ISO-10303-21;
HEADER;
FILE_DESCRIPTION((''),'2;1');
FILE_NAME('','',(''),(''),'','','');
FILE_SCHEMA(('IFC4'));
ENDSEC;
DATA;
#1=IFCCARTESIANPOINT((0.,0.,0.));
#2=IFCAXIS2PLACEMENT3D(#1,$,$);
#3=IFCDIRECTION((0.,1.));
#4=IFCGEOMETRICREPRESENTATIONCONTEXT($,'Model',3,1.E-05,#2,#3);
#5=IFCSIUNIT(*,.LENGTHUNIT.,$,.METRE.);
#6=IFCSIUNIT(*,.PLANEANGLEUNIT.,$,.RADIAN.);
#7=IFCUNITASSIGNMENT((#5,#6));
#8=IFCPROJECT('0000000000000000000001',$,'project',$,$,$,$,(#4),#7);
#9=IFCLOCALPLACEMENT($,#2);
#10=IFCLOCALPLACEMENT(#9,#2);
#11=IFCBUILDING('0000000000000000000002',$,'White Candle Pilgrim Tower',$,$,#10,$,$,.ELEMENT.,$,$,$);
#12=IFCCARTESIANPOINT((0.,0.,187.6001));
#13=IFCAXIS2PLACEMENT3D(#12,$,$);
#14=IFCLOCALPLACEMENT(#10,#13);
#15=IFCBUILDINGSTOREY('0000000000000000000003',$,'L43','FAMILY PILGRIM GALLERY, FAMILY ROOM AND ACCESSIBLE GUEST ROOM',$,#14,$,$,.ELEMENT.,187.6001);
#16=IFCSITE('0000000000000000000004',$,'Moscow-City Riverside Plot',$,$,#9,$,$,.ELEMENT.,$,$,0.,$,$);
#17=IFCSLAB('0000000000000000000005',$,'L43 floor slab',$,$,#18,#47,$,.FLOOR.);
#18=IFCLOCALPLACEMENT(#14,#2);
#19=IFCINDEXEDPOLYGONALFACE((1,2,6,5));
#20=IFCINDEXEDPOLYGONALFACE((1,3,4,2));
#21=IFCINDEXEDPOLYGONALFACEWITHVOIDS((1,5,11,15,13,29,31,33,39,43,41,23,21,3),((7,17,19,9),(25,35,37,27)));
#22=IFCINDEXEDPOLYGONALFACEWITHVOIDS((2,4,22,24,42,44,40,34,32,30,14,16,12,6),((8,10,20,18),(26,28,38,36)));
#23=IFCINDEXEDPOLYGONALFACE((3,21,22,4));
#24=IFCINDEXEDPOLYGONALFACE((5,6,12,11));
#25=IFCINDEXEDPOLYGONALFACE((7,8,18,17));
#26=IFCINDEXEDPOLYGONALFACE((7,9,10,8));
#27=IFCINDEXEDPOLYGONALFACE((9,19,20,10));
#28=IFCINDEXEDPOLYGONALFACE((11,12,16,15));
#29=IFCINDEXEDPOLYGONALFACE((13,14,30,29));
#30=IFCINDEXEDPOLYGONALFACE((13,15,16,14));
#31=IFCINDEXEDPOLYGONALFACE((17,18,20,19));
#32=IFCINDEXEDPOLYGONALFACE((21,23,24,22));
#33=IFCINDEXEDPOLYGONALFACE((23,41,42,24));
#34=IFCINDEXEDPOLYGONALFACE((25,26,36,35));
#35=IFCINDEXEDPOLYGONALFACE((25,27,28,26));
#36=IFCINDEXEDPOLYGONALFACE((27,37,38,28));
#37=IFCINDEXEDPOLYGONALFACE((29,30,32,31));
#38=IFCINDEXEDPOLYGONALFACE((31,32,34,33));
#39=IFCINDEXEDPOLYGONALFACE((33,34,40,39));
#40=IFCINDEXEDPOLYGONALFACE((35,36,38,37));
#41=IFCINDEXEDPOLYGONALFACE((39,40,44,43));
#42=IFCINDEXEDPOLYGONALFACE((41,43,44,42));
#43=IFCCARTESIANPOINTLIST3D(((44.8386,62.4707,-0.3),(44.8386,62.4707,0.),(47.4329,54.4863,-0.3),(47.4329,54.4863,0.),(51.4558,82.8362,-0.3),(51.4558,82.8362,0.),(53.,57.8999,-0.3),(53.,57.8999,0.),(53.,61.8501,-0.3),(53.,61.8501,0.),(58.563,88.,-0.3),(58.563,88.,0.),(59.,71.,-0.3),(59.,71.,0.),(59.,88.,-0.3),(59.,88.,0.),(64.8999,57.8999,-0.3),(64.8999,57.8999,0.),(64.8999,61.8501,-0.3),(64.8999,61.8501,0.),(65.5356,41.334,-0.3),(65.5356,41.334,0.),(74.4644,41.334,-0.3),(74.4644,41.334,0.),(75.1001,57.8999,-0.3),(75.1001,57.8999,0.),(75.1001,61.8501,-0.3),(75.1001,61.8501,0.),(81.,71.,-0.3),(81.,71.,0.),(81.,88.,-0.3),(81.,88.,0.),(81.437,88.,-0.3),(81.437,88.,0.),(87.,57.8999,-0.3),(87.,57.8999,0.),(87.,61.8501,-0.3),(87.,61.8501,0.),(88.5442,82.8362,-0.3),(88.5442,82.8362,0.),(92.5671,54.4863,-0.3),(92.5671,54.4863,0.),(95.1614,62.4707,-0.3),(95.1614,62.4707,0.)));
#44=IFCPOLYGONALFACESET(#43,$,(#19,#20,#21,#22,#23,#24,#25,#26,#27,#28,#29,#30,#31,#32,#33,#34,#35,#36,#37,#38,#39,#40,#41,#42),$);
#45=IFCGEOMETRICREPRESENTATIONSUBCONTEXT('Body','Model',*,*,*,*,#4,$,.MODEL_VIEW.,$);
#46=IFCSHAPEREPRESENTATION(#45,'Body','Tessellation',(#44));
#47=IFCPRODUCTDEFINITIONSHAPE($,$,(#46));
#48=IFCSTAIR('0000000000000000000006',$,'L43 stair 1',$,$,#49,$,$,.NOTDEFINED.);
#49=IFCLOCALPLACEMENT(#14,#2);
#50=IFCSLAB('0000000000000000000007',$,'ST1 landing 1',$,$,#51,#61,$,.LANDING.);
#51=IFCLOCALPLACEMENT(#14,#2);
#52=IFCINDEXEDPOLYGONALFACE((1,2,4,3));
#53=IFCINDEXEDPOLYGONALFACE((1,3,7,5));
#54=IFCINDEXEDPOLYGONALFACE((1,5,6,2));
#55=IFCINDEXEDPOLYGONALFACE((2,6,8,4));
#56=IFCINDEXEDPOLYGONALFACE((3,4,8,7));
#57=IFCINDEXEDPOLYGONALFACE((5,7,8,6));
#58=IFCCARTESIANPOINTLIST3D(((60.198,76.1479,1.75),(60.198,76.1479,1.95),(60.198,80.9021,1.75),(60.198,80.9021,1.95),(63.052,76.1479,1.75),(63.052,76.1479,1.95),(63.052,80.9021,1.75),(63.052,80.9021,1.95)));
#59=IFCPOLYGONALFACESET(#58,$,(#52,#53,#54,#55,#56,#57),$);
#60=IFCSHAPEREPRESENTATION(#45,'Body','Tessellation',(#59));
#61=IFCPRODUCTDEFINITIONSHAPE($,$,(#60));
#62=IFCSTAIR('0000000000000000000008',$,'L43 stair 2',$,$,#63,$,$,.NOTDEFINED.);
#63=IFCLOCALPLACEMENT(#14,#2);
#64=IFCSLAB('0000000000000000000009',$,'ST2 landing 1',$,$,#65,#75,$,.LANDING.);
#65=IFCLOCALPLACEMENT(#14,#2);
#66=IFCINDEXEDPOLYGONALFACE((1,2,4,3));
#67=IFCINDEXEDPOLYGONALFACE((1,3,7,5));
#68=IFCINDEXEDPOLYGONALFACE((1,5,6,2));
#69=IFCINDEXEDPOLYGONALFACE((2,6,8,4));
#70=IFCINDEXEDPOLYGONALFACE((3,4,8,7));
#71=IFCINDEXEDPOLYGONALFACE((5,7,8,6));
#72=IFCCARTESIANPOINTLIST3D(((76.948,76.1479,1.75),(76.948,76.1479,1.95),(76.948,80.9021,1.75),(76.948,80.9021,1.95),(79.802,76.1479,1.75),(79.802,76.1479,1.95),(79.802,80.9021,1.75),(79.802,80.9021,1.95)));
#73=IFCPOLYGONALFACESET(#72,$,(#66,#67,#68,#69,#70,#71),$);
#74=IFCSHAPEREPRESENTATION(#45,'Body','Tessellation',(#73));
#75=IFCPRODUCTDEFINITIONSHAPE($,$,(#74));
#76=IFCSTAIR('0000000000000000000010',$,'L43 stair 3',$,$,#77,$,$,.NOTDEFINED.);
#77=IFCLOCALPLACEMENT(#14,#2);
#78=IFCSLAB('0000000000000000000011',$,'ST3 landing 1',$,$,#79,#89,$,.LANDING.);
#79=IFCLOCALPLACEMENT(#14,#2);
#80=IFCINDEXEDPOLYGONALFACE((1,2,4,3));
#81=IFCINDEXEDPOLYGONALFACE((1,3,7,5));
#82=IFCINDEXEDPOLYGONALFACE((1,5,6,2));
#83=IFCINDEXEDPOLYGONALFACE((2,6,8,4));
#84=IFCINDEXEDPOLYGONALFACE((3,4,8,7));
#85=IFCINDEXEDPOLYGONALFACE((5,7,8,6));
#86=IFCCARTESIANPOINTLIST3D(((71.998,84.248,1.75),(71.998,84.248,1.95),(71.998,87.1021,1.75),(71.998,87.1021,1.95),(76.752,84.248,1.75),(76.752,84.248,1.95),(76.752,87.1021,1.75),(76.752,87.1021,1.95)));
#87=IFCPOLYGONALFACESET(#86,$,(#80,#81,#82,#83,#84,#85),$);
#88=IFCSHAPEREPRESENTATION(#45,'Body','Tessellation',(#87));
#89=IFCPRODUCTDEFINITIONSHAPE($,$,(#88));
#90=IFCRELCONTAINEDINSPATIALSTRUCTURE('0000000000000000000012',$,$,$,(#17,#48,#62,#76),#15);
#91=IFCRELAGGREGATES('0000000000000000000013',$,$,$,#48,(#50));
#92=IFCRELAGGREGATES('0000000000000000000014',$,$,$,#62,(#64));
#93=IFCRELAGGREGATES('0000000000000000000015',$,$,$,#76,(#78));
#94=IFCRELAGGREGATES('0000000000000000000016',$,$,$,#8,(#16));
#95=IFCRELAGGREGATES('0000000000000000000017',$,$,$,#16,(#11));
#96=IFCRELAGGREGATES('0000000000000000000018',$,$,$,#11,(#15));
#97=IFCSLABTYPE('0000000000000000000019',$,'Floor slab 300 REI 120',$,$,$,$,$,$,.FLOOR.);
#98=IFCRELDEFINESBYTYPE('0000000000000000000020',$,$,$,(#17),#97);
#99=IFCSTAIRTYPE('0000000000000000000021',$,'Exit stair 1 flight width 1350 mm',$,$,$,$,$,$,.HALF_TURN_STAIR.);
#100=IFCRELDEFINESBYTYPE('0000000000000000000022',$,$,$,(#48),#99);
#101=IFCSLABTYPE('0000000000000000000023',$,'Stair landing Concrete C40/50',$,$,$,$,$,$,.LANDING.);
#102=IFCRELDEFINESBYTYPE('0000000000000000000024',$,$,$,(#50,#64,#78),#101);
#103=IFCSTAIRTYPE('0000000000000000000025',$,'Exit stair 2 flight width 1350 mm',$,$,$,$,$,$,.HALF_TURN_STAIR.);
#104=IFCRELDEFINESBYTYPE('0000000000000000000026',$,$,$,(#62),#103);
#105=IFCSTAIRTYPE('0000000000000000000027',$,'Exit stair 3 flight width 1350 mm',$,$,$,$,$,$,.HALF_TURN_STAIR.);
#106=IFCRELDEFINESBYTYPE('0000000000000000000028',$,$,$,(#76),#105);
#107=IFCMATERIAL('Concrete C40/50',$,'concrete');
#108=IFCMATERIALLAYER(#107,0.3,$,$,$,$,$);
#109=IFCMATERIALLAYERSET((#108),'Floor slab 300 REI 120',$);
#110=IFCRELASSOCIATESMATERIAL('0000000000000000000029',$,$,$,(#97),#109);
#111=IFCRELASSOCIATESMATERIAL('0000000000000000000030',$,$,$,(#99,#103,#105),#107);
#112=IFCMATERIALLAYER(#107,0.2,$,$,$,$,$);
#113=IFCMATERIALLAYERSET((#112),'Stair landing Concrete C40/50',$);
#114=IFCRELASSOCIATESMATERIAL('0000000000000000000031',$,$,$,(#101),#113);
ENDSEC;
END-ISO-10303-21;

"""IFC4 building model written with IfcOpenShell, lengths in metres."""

from ifc_helpers import new_model, si_unit, direction, frame, origin, place, context, subcontext, project, spatial, polyline, outline, extrude, material, layer, layer_set, type_object, element, aggregate, save


model = new_model("IFC4")

# Units and contexts
model_context = context("Model", 3, precision=1e-05, world=origin(), true_north=direction((0.0, 1.0)))
body_context = subcontext(model_context, "Body", "Model", "MODEL_VIEW")
ifc_project = project(units=[si_unit("LENGTHUNIT", "METRE"), si_unit("PLANEANGLEUNIT", "RADIAN")], contexts=[model_context])

# Site, building, storey
site_placement = place(None, origin())
site = spatial("IfcSite", under=ifc_project, at=site_placement, Name="Moscow-City Riverside Plot", CompositionType="ELEMENT", RefElevation=0.0)
building_placement = place(site_placement, origin())
building = spatial("IfcBuilding", under=site, at=building_placement, Name="White Candle Pilgrim Tower", CompositionType="ELEMENT")
storey_placement = place(building_placement, frame((0.0, 0.0, 187.6001)))
storey = spatial("IfcBuildingStorey", under=building, at=storey_placement, Name="L43", Description="FAMILY PILGRIM GALLERY, FAMILY ROOM AND ACCESSIBLE GUEST ROOM", CompositionType="ELEMENT", Elevation=187.6001)

# Slab
ifc_material = material(Name="Concrete C40/50", Category="concrete")
ifc_layer_1 = layer(ifc_material, 0.3)
ifc_layer_set_1 = layer_set([ifc_layer_1], Name="Floor slab 300 REI 120")
slab_type_1 = type_object("IfcSlabType", Name="Floor slab 300 REI 120", PredefinedType="FLOOR", material=ifc_layer_set_1)
slab_1_placement = place(storey_placement, frame((0.0, 0.0, -0.3)))
element("IfcSlab", 1, at=slab_1_placement, inside=storey, type_object=slab_type_1, Name="L43 floor slab", PredefinedType="FLOOR", context=body_context, shape_type="SweptSolid", body=[
    extrude(outline(polyline([(65.5356, 41.334), (74.4644, 41.334), (92.5671, 54.4863), (95.1614, 62.4707), (88.5442, 82.8362), (81.437, 88.0), (81.0, 88.0), (81.0, 71.0), (59.0, 71.0), (59.0, 88.0), (58.563, 88.0), (51.4558, 82.8362), (44.8386, 62.4707), (47.4329, 54.4863), (65.5356, 41.334)]), holes=[polyline([(53.0, 57.8999), (53.0, 61.8501), (64.8999, 61.8501), (64.8999, 57.8999), (53.0, 57.8999)]), polyline([(75.1001, 57.8999), (75.1001, 61.8501), (87.0, 61.8501), (87.0, 57.8999), (75.1001, 57.8999)])]), origin(), (0.0, 0.0, 1.0), 0.3),
])

# Stairs, slabs
stair_type_1 = type_object("IfcStairType", Name="Exit stair 1 flight width 1350 mm", PredefinedType="HALF_TURN_STAIR", material=ifc_material)
stair_1_placement = place(storey_placement, origin())
stair_1 = element("IfcStair", 2, at=stair_1_placement, inside=storey, type_object=stair_type_1, Name="L43 stair 1", PredefinedType="NOTDEFINED")
ifc_layer_2 = layer(ifc_material, 0.2)
ifc_layer_set_2 = layer_set([ifc_layer_2], Name="Stair landing Concrete C40/50")
slab_type_2 = type_object("IfcSlabType", Name="Stair landing Concrete C40/50", PredefinedType="LANDING", material=ifc_layer_set_2)
slab_2_placement = place(storey_placement, frame((0.0, 0.0, 1.75)))
slab_2 = element("IfcSlab", 3, at=slab_2_placement, type_object=slab_type_2, Name="ST1 landing 1", PredefinedType="LANDING", context=body_context, shape_type="SweptSolid", body=[
    extrude(outline(polyline([(63.052, 76.1479), (60.198, 76.1479), (60.198, 80.9021), (63.052, 80.9021), (63.052, 76.1479)])), origin(), (0.0, 0.0, 1.0), 0.2),
])
aggregate(stair_1, [slab_2])
stair_type_2 = type_object("IfcStairType", Name="Exit stair 2 flight width 1350 mm", PredefinedType="HALF_TURN_STAIR", material=ifc_material)
stair_2_placement = place(storey_placement, origin())
stair_2 = element("IfcStair", 4, at=stair_2_placement, inside=storey, type_object=stair_type_2, Name="L43 stair 2", PredefinedType="NOTDEFINED")
slab_3_placement = place(storey_placement, frame((0.0, 0.0, 1.75)))
slab_3 = element("IfcSlab", 5, at=slab_3_placement, type_object=slab_type_2, Name="ST2 landing 1", PredefinedType="LANDING", context=body_context, shape_type="SweptSolid", body=[
    extrude(outline(polyline([(79.802, 76.1479), (76.948, 76.1479), (76.948, 80.9021), (79.802, 80.9021), (79.802, 76.1479)])), origin(), (0.0, 0.0, 1.0), 0.2),
])
aggregate(stair_2, [slab_3])
stair_type_3 = type_object("IfcStairType", Name="Exit stair 3 flight width 1350 mm", PredefinedType="HALF_TURN_STAIR", material=ifc_material)
stair_3_placement = place(storey_placement, origin())
stair_3 = element("IfcStair", 6, at=stair_3_placement, inside=storey, type_object=stair_type_3, Name="L43 stair 3", PredefinedType="NOTDEFINED")
slab_4_placement = place(storey_placement, frame((0.0, 0.0, 1.75)))
slab_4 = element("IfcSlab", 7, at=slab_4_placement, type_object=slab_type_2, Name="ST3 landing 1", PredefinedType="LANDING", context=body_context, shape_type="SweptSolid", body=[
    extrude(outline(polyline([(71.998, 84.248), (71.998, 87.1021), (76.752, 87.1021), (76.752, 84.248), (71.998, 84.248)])), origin(), (0.0, 0.0, 1.0), 0.2),
])
aggregate(stair_3, [slab_4])

save(model, "model.ifc")
